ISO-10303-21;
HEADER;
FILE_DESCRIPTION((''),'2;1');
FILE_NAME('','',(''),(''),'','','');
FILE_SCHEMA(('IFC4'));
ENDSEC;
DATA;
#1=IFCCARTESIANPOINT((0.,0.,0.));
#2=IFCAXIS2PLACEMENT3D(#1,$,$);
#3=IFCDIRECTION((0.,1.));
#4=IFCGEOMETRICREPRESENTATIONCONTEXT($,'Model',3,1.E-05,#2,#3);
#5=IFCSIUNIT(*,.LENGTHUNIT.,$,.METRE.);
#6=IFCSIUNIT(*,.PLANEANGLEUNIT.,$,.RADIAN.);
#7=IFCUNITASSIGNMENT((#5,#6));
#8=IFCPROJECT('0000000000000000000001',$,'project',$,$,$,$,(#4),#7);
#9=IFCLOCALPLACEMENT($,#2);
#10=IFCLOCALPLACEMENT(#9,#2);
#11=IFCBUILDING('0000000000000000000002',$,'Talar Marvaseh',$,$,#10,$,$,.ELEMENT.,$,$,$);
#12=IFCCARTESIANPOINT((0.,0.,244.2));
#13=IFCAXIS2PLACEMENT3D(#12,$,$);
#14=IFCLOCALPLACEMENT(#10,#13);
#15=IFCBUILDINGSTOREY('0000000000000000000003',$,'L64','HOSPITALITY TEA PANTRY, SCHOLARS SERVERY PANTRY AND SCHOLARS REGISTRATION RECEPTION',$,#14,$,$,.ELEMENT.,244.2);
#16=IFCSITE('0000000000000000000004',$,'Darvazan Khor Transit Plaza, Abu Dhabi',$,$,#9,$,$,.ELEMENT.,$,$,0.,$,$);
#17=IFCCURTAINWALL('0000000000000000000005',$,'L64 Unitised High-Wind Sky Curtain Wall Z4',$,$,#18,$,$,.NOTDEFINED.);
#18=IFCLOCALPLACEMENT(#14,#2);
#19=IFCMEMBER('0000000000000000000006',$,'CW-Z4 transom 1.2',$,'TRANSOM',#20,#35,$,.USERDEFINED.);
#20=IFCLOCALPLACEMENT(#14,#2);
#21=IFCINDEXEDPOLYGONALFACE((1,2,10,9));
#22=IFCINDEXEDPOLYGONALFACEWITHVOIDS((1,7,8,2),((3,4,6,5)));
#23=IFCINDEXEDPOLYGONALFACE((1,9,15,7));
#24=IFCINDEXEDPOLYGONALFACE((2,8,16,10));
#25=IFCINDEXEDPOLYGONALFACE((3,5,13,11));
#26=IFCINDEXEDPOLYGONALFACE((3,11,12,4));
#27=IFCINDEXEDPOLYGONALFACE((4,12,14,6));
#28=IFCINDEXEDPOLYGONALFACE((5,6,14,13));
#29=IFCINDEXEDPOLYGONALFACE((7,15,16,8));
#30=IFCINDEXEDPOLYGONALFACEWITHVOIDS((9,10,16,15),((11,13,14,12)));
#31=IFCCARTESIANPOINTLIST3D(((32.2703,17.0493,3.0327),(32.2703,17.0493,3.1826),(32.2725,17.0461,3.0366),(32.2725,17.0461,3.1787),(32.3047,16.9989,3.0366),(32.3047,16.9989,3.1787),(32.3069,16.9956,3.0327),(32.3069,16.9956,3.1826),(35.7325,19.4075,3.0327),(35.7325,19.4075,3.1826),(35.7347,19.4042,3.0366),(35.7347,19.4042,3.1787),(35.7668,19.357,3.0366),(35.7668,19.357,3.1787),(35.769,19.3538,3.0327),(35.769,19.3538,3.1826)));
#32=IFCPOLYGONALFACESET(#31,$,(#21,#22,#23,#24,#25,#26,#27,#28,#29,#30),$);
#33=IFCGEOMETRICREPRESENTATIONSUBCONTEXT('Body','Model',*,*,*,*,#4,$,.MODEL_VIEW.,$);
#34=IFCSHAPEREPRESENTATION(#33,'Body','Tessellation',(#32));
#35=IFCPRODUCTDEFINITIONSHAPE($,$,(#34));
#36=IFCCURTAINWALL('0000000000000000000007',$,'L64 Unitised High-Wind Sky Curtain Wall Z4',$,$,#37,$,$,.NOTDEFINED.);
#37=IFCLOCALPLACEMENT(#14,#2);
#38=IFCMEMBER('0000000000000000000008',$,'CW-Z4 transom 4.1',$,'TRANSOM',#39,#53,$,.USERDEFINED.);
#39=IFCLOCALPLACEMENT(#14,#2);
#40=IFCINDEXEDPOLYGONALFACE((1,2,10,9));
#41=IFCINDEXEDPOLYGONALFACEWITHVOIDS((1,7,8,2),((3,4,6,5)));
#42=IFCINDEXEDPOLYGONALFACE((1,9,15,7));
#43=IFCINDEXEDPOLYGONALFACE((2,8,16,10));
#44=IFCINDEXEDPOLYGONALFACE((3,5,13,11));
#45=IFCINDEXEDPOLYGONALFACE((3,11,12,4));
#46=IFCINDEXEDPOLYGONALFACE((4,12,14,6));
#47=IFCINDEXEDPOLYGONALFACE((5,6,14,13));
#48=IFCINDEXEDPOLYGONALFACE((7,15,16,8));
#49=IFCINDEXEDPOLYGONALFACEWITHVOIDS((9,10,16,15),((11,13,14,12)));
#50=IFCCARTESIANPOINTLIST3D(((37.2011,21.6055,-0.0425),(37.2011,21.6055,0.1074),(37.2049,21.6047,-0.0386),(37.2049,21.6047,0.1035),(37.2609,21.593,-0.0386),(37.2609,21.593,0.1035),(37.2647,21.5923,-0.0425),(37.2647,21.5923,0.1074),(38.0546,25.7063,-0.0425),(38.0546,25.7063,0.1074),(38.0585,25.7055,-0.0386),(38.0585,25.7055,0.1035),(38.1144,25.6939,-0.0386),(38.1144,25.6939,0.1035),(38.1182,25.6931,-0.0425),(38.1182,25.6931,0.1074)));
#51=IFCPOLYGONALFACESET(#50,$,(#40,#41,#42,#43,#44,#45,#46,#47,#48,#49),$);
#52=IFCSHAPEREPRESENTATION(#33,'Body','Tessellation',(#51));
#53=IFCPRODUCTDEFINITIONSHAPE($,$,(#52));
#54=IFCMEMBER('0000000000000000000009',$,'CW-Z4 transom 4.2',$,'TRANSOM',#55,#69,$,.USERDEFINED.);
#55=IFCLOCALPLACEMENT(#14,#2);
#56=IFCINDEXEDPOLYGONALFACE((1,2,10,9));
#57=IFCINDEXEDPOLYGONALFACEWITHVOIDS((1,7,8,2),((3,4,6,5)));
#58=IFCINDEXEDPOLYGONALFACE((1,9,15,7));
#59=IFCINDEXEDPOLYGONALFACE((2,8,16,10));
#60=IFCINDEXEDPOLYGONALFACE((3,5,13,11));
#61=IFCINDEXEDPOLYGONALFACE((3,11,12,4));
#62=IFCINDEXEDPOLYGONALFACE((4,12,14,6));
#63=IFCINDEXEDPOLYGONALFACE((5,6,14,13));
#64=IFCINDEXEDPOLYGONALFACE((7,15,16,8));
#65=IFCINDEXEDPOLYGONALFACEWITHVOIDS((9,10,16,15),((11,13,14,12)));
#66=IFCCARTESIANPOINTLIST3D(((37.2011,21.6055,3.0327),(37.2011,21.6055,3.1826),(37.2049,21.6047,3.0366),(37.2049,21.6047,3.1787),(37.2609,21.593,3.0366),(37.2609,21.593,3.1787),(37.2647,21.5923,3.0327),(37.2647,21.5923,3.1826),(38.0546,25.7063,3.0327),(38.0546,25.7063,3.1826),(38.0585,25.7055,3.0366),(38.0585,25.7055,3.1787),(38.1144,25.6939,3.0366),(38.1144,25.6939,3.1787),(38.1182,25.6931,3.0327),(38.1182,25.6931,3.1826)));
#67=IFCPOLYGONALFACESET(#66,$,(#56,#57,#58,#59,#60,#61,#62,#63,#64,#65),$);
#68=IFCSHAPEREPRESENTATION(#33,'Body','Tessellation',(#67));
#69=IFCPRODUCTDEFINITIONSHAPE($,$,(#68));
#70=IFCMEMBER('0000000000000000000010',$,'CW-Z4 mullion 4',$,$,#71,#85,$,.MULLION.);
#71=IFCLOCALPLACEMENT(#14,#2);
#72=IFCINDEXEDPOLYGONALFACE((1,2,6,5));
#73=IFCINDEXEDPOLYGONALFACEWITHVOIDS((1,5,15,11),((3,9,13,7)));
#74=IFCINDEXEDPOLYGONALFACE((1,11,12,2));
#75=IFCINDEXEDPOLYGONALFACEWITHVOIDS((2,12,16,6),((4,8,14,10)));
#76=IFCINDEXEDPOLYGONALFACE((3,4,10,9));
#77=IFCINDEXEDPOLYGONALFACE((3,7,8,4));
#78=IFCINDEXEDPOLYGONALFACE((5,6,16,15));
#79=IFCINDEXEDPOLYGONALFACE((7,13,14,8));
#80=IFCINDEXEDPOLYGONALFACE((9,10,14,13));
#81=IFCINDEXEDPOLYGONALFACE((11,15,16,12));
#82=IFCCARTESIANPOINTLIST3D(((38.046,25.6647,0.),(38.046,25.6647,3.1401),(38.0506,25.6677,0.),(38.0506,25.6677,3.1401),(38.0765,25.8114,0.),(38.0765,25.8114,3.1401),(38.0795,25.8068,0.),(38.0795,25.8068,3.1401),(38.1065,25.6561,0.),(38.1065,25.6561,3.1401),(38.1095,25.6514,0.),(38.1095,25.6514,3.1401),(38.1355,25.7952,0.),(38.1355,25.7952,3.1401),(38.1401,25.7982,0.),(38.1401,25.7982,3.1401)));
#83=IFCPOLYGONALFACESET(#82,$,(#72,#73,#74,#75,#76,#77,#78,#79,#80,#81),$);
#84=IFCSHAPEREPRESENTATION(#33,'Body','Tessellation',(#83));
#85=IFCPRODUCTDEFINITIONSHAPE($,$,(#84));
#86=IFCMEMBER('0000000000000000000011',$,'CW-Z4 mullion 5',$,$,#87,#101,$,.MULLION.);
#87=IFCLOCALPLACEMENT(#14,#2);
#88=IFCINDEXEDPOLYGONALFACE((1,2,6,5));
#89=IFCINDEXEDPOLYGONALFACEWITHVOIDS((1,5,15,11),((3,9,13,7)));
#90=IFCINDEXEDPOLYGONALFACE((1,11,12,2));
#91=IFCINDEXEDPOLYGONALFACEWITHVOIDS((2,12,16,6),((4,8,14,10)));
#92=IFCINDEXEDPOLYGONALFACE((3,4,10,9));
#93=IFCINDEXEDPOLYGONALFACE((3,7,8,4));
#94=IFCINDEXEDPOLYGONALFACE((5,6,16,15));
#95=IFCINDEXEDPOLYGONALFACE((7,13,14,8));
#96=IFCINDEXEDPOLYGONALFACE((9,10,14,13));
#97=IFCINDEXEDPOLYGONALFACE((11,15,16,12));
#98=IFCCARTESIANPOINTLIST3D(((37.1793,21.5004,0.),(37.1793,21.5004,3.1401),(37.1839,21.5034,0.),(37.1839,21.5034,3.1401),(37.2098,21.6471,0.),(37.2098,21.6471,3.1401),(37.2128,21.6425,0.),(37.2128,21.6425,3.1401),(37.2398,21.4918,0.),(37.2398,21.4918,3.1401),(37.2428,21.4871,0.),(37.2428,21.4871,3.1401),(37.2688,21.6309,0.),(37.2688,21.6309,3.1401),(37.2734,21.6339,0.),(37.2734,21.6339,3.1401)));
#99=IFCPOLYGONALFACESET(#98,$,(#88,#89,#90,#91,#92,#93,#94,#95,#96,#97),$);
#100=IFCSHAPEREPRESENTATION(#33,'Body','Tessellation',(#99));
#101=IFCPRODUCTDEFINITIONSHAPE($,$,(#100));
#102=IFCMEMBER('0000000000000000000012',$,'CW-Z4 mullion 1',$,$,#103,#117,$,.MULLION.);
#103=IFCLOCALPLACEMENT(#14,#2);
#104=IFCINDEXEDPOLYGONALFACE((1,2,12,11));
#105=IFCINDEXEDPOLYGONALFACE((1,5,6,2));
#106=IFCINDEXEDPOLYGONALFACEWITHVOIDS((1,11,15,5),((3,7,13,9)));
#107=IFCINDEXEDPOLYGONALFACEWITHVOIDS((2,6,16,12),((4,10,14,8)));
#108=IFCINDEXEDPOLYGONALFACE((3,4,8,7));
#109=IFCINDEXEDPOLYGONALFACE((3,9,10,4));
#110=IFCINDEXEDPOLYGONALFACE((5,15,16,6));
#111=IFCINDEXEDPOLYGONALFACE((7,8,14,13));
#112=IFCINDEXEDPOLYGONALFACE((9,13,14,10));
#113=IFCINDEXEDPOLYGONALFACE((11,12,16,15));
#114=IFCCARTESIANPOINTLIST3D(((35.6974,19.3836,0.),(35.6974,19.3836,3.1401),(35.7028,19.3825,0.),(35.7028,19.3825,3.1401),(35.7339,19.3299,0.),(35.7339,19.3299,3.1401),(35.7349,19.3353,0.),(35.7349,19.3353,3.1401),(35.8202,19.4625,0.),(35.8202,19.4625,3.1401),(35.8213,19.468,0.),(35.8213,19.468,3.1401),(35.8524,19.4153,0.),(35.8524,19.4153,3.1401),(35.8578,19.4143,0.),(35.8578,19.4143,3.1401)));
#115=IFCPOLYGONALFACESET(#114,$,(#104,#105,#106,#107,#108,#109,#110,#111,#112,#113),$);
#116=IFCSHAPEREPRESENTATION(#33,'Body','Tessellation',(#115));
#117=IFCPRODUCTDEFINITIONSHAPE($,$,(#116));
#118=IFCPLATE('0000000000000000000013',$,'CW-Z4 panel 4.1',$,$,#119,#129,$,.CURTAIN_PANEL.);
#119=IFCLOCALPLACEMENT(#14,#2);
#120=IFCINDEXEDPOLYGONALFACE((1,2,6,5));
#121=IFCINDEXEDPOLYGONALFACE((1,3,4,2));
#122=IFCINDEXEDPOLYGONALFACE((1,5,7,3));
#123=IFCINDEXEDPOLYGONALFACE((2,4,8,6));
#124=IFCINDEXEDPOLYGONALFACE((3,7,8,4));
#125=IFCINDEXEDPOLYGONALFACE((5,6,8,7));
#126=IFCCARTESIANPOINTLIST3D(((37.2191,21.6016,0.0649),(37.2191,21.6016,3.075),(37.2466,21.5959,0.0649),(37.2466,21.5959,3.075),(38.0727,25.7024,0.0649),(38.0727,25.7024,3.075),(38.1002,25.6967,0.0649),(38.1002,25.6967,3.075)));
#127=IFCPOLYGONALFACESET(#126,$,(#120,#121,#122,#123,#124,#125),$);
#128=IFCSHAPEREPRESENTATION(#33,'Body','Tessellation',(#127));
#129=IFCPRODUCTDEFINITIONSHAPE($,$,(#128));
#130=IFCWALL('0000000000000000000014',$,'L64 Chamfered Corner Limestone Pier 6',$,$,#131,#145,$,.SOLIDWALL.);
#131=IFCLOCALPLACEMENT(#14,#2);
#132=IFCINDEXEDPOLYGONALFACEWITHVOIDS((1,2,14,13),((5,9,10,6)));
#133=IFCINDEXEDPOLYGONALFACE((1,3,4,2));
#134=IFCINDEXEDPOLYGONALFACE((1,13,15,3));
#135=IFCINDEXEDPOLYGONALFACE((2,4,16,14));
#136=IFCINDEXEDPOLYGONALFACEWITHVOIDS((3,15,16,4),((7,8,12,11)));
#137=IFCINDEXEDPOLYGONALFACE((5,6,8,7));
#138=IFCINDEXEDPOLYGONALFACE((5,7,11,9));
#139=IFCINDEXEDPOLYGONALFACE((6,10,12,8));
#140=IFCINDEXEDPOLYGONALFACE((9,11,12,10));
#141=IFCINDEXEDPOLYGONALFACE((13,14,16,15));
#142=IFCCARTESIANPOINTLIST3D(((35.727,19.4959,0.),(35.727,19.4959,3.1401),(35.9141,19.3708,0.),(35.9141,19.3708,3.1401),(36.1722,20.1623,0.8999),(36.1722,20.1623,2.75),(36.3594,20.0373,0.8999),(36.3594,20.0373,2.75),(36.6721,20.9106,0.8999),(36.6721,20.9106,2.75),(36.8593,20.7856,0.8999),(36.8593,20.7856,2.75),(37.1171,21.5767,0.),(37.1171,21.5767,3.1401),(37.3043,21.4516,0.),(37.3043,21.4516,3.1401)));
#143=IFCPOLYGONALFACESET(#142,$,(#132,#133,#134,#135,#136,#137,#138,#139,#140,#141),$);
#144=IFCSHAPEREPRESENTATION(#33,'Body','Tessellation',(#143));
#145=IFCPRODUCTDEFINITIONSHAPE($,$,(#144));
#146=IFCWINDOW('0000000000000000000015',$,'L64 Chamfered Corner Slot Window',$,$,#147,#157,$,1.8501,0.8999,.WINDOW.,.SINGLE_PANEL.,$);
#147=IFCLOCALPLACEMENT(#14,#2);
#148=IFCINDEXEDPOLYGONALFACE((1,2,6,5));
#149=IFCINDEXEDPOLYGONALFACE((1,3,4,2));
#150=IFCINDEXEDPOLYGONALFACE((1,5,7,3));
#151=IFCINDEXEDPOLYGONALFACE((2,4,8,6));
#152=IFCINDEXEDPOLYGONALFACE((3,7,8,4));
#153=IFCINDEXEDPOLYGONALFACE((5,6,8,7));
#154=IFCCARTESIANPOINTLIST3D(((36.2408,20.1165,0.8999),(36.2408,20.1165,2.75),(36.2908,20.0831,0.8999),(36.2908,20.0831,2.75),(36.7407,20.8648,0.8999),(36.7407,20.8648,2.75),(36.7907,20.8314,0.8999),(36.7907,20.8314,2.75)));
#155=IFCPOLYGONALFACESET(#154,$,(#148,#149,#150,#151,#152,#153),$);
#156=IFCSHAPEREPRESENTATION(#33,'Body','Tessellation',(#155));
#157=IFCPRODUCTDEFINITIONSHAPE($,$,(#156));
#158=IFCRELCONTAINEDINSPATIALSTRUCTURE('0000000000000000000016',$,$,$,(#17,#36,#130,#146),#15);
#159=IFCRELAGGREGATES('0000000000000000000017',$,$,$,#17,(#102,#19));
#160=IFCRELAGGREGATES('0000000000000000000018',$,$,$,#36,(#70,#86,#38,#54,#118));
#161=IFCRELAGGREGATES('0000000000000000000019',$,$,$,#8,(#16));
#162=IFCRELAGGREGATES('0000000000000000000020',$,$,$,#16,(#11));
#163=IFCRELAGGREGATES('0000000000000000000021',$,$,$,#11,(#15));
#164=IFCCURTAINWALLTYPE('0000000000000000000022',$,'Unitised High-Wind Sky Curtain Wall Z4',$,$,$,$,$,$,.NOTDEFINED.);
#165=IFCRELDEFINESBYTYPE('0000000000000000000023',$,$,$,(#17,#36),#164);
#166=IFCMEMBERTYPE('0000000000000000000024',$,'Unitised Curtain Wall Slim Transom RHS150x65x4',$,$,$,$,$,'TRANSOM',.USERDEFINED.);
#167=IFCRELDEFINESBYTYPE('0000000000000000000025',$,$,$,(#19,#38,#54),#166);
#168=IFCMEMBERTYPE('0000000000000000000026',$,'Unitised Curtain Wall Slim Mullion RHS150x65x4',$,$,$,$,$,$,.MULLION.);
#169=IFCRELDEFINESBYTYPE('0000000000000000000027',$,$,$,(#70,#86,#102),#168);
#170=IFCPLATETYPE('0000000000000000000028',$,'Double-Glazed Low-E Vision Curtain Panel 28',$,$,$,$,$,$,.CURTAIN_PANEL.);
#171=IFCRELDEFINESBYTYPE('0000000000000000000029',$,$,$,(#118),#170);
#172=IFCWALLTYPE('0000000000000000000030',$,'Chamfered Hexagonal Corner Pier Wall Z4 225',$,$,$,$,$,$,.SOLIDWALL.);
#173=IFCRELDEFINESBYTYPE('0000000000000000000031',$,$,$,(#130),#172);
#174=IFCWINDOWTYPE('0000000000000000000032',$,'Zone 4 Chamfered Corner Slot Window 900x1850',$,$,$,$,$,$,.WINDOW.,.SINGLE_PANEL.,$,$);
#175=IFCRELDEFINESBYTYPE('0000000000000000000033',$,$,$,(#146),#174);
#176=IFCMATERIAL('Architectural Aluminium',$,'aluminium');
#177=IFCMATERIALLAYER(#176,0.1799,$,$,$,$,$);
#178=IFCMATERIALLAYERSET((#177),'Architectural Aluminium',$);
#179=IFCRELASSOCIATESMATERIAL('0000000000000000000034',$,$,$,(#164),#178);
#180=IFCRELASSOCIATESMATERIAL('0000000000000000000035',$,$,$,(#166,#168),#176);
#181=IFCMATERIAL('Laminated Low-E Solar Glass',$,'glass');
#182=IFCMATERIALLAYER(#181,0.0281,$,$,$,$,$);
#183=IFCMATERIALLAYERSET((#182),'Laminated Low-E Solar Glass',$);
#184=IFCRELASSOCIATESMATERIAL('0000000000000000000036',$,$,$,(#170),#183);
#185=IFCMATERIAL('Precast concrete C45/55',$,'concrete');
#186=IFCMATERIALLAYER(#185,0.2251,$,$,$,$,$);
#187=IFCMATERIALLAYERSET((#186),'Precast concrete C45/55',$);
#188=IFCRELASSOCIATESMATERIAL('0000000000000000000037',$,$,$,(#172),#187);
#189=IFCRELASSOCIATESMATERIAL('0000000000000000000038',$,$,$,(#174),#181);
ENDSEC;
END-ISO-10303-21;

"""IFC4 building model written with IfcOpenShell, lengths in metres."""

from ifc_helpers import new_model, si_unit, direction, frame, frame_2d, origin, origin_2d, place, context, subcontext, project, spatial, rectangle, hollow_rectangle, extrude, source, transform, mapped, material, layer, layer_set, material_profile, profile_set, type_object, type_shapes, element, fill, aggregate, save


model = new_model("IFC4")

# Units and contexts
model_context = context("Model", 3, precision=1e-05, world=origin(), true_north=direction((0.0, 1.0)))
body_context = subcontext(model_context, "Body", "Model", "MODEL_VIEW")
ifc_project = project(units=[si_unit("LENGTHUNIT", "METRE"), si_unit("PLANEANGLEUNIT", "RADIAN")], contexts=[model_context])

# Site, building, storey
site_placement = place(None, origin())
site = spatial("IfcSite", under=ifc_project, at=site_placement, Name="Darvazan Khor Transit Plaza, Abu Dhabi", CompositionType="ELEMENT", RefElevation=0.0)
building_placement = place(site_placement, origin())
building = spatial("IfcBuilding", under=site, at=building_placement, Name="Talar Marvaseh", CompositionType="ELEMENT")
storey_placement = place(building_placement, frame((0.0, 0.0, 244.2)))
storey = spatial("IfcBuildingStorey", under=building, at=storey_placement, Name="L64", Description="HOSPITALITY TEA PANTRY, SCHOLARS SERVERY PANTRY AND SCHOLARS REGISTRATION RECEPTION", CompositionType="ELEMENT", Elevation=244.2)

# Curtain walls, members
ifc_material_1 = material(Name="Architectural Aluminium", Category="aluminium")
ifc_layer_1 = layer(ifc_material_1, 0.1799)
ifc_layer_set_1 = layer_set([ifc_layer_1], Name="Architectural Aluminium")
curtain_wall_type = type_object("IfcCurtainWallType", Name="Unitised High-Wind Sky Curtain Wall Z4", PredefinedType="NOTDEFINED", material=ifc_layer_set_1)
curtain_wall_1_placement = place(storey_placement, origin())
curtain_wall_1 = element("IfcCurtainWall", 1, at=curtain_wall_1_placement, inside=storey, type_object=curtain_wall_type, Name="L64 Unitised High-Wind Sky Curtain Wall Z4", PredefinedType="NOTDEFINED")
ifc_material_profile_1 = material_profile(ifc_material_1, hollow_rectangle(XDim=0.0649, YDim=0.1499, WallThickness=0.0039, at=origin_2d()), Name="RHS150x65x4")
ifc_profile_set_1 = profile_set([ifc_material_profile_1], Name="Architectural Aluminium")
member_type_1 = type_object("IfcMemberType", Name="Unitised Curtain Wall Slim Transom RHS150x65x4", ElementType="TRANSOM", PredefinedType="USERDEFINED", material=ifc_profile_set_1)
shared_shape_1 = source(origin(), body_context, "Body", "SweptSolid", [
    extrude(hollow_rectangle(XDim=0.0649, YDim=0.1499, WallThickness=0.0039, at=origin_2d()), origin(), (0.0, 0.0, 1.0), 4.189),
])
member_1_placement = place(storey_placement, frame((35.7507, 19.3806, 3.1077), z_axis=(-0.826495, -0.562944, 0.0), x_axis=(0.562944, -0.826495, 0.0)))
member_1 = element("IfcMember", 2, at=member_1_placement, type_object=member_type_1, Name="CW-Z4 transom 1.2", ObjectType="TRANSOM", PredefinedType="USERDEFINED", context=body_context, shape_type="MappedRepresentation", body=[
    mapped(shared_shape_1, transform((0.0, 0.0, 0.0), x_axis=(1.0, 0.0, 0.0), y_axis=(0.0, 1.0, 0.0), z_axis=(0.0, 0.0, 1.0), scale=1.0)),
])
curtain_wall_2_placement = place(storey_placement, origin())
curtain_wall_2 = element("IfcCurtainWall", 3, at=curtain_wall_2_placement, inside=storey, type_object=curtain_wall_type, Name="L64 Unitised High-Wind Sky Curtain Wall Z4", PredefinedType="NOTDEFINED")
shared_shape_2 = source(origin(), body_context, "Body", "SweptSolid", [
    extrude(hollow_rectangle(XDim=0.0649, YDim=0.1499, WallThickness=0.0039, at=origin_2d()), origin(), (0.0, 0.0, 1.0), 4.1887),
])
type_shapes(member_type_1, [shared_shape_1, shared_shape_2])
member_2_placement = place(storey_placement, frame((38.0864, 25.6997, 0.0325), z_axis=(-0.203766, -0.97902, 0.0), x_axis=(0.97902, -0.203766, 0.0)))
member_2 = element("IfcMember", 4, at=member_2_placement, type_object=member_type_1, Name="CW-Z4 transom 4.1", ObjectType="TRANSOM", PredefinedType="USERDEFINED", context=body_context, shape_type="MappedRepresentation", body=[
    mapped(shared_shape_2, transform((0.0, 0.0, 0.0), x_axis=(1.0, 0.0, 0.0), y_axis=(0.0, 1.0, 0.0), z_axis=(0.0, 0.0, 1.0), scale=1.0)),
])
member_3_placement = place(storey_placement, frame((38.0864, 25.6997, 3.1077), z_axis=(-0.203766, -0.97902, 0.0), x_axis=(0.97902, -0.203766, 0.0)))
member_3 = element("IfcMember", 5, at=member_3_placement, type_object=member_type_1, Name="CW-Z4 transom 4.2", ObjectType="TRANSOM", PredefinedType="USERDEFINED", context=body_context, shape_type="MappedRepresentation", body=[
    mapped(shared_shape_2, transform((0.0, 0.0, 0.0), x_axis=(1.0, 0.0, 0.0), y_axis=(0.0, 1.0, 0.0), z_axis=(0.0, 0.0, 1.0), scale=1.0)),
])
ifc_material_profile_2 = material_profile(ifc_material_1, hollow_rectangle(XDim=0.0649, YDim=0.1499, WallThickness=0.0039, at=origin_2d()), Name="RHS150x65x4")
ifc_profile_set_2 = profile_set([ifc_material_profile_2], Name="Architectural Aluminium")
member_type_2 = type_object("IfcMemberType", Name="Unitised Curtain Wall Slim Mullion RHS150x65x4", PredefinedType="MULLION", material=ifc_profile_set_2)
shared_shape_3 = source(origin(), body_context, "Body", "SweptSolid", [
    extrude(hollow_rectangle(XDim=0.0649, YDim=0.1499, WallThickness=0.0039, at=origin_2d()), origin(), (0.0, 0.0, 1.0), 3.1401),
])
type_shapes(member_type_2, [shared_shape_3])
member_4_placement = place(storey_placement, frame((38.093, 25.7314, 0.0), z_axis=(0.0, 0.0, 1.0), x_axis=(0.979014, -0.203791, 0.0)))
member_4 = element("IfcMember", 6, at=member_4_placement, type_object=member_type_2, Name="CW-Z4 mullion 4", PredefinedType="MULLION", context=body_context, shape_type="MappedRepresentation", body=[
    mapped(shared_shape_3, transform((0.0, 0.0, 0.0), x_axis=(1.0, 0.0, 0.0), y_axis=(0.0, 1.0, 0.0), z_axis=(0.0, 0.0, 1.0), scale=1.0)),
])
member_5_placement = place(storey_placement, frame((37.2263, 21.5671, 0.0), z_axis=(0.0, 0.0, 1.0), x_axis=(0.979014, -0.203791, 0.0)))
member_5 = element("IfcMember", 7, at=member_5_placement, type_object=member_type_2, Name="CW-Z4 mullion 5", PredefinedType="MULLION", context=body_context, shape_type="MappedRepresentation", body=[
    mapped(shared_shape_3, transform((0.0, 0.0, 0.0), x_axis=(1.0, 0.0, 0.0), y_axis=(0.0, 1.0, 0.0), z_axis=(0.0, 0.0, 1.0), scale=1.0)),
])

# Member
member_6_placement = place(storey_placement, frame((35.7776, 19.3989, 0.0), z_axis=(0.0, 0.0, 1.0), x_axis=(0.562933, -0.826502, 0.0)))
member_6 = element("IfcMember", 8, at=member_6_placement, type_object=member_type_2, Name="CW-Z4 mullion 1", PredefinedType="MULLION", context=body_context, shape_type="MappedRepresentation", body=[
    mapped(shared_shape_3, transform((0.0, 0.0, 0.0), x_axis=(1.0, 0.0, 0.0), y_axis=(0.0, 1.0, 0.0), z_axis=(0.0, 0.0, 1.0), scale=1.0)),
])
aggregate(curtain_wall_1, [member_6, member_1])

# Plate
ifc_material_2 = material(Name="Laminated Low-E Solar Glass", Category="glass")
ifc_layer_2 = layer(ifc_material_2, 0.0281)
ifc_layer_set_2 = layer_set([ifc_layer_2], Name="Laminated Low-E Solar Glass")
plate_type = type_object("IfcPlateType", Name="Double-Glazed Low-E Vision Curtain Panel 28", PredefinedType="CURTAIN_PANEL", material=ifc_layer_set_2)
shared_shape_4 = source(origin(), body_context, "Body", "SweptSolid", [
    extrude(rectangle(XDim=4.1887, YDim=0.0281, at=origin_2d()), origin(), (0.0, 0.0, 1.0), 3.01),
])
type_shapes(plate_type, [shared_shape_4])
plate_placement = place(storey_placement, frame((37.6597, 23.6492, 0.0649), z_axis=(0.0, 0.0, 1.0), x_axis=(-0.203791, -0.979014, 0.0)))
plate = element("IfcPlate", 9, at=plate_placement, type_object=plate_type, Name="CW-Z4 panel 4.1", PredefinedType="CURTAIN_PANEL", context=body_context, shape_type="MappedRepresentation", body=[
    mapped(shared_shape_4, transform((0.0, 0.0, 0.0), x_axis=(1.0, 0.0, 0.0), y_axis=(0.0, 1.0, 0.0), z_axis=(0.0, 0.0, 1.0), scale=1.0)),
])
aggregate(curtain_wall_2, [member_4, member_5, member_2, member_3, plate])

# Wall, opening, window
ifc_material_3 = material(Name="Precast concrete C45/55", Category="concrete")
ifc_layer_3 = layer(ifc_material_3, 0.2251)
ifc_layer_set_3 = layer_set([ifc_layer_3], Name="Precast concrete C45/55")
wall_type_1 = type_object("IfcWallType", Name="Chamfered Hexagonal Corner Pier Wall Z4 225", PredefinedType="SOLIDWALL", material=ifc_layer_set_3)
wall_1_placement = place(storey_placement, frame((37.2107, 21.5142, 0.0), z_axis=(0.0, 0.0, 1.0), x_axis=(-0.55551, -0.83151, 0.0)))
wall_1 = element("IfcWall", 10, at=wall_1_placement, inside=storey, type_object=wall_type_1, Name="L64 Chamfered Corner Limestone Pier 6", PredefinedType="SOLIDWALL", context=body_context, shape_type="SweptSolid", body=[
    extrude(rectangle(XDim=2.5024, YDim=0.2251, at=frame_2d((1.2512, 0.0))), origin(), (0.0, 0.0, 1.0), 3.1401),
])
opening_1_placement = place(wall_1_placement, frame((0.801, 0.0, 0.8999)))
opening_1 = element("IfcOpeningElement", 11, at=opening_1_placement, cuts=wall_1, PredefinedType="OPENING", context=body_context, shape_type="SweptSolid", body=[
    extrude(rectangle(XDim=0.8999, YDim=1.8501, at=frame_2d((0.45, 0.925))), frame((0.0, 0.1226, 0.0), z_axis=(0.0, -1.0, 0.0), x_axis=(1.0, 0.0, 0.0)), (0.0, 0.0, 1.0), 0.2451),
])
window_type = type_object("IfcWindowType", Name="Zone 4 Chamfered Corner Slot Window 900x1850", PartitioningType="SINGLE_PANEL", PredefinedType="WINDOW", material=ifc_material_2)
shared_shape_5 = source(origin(), body_context, "Body", "SweptSolid", [
    extrude(rectangle(XDim=0.8999, YDim=1.8501, at=frame_2d((0.45, 0.925))), frame((0.0, 0.03, 0.0), z_axis=(0.0, -1.0, 0.0), x_axis=(1.0, 0.0, 0.0)), (0.0, 0.0, 1.0), 0.0601),
])
type_shapes(window_type, [shared_shape_5])
window_placement = place(opening_1_placement, origin())
window = element("IfcWindow", 12, at=window_placement, inside=storey, type_object=window_type, Name="L64 Chamfered Corner Slot Window", OverallHeight=1.8501, OverallWidth=0.8999, PartitioningType="SINGLE_PANEL", PredefinedType="WINDOW", context=body_context, shape_type="MappedRepresentation", body=[
    mapped(shared_shape_5, transform((0.0, 0.0, 0.0), x_axis=(1.0, 0.0, 0.0), y_axis=(0.0, 1.0, 0.0), z_axis=(0.0, 0.0, 1.0), scale=1.0)),
])
fill(opening_1, window)

save(model, "model.ifc")
